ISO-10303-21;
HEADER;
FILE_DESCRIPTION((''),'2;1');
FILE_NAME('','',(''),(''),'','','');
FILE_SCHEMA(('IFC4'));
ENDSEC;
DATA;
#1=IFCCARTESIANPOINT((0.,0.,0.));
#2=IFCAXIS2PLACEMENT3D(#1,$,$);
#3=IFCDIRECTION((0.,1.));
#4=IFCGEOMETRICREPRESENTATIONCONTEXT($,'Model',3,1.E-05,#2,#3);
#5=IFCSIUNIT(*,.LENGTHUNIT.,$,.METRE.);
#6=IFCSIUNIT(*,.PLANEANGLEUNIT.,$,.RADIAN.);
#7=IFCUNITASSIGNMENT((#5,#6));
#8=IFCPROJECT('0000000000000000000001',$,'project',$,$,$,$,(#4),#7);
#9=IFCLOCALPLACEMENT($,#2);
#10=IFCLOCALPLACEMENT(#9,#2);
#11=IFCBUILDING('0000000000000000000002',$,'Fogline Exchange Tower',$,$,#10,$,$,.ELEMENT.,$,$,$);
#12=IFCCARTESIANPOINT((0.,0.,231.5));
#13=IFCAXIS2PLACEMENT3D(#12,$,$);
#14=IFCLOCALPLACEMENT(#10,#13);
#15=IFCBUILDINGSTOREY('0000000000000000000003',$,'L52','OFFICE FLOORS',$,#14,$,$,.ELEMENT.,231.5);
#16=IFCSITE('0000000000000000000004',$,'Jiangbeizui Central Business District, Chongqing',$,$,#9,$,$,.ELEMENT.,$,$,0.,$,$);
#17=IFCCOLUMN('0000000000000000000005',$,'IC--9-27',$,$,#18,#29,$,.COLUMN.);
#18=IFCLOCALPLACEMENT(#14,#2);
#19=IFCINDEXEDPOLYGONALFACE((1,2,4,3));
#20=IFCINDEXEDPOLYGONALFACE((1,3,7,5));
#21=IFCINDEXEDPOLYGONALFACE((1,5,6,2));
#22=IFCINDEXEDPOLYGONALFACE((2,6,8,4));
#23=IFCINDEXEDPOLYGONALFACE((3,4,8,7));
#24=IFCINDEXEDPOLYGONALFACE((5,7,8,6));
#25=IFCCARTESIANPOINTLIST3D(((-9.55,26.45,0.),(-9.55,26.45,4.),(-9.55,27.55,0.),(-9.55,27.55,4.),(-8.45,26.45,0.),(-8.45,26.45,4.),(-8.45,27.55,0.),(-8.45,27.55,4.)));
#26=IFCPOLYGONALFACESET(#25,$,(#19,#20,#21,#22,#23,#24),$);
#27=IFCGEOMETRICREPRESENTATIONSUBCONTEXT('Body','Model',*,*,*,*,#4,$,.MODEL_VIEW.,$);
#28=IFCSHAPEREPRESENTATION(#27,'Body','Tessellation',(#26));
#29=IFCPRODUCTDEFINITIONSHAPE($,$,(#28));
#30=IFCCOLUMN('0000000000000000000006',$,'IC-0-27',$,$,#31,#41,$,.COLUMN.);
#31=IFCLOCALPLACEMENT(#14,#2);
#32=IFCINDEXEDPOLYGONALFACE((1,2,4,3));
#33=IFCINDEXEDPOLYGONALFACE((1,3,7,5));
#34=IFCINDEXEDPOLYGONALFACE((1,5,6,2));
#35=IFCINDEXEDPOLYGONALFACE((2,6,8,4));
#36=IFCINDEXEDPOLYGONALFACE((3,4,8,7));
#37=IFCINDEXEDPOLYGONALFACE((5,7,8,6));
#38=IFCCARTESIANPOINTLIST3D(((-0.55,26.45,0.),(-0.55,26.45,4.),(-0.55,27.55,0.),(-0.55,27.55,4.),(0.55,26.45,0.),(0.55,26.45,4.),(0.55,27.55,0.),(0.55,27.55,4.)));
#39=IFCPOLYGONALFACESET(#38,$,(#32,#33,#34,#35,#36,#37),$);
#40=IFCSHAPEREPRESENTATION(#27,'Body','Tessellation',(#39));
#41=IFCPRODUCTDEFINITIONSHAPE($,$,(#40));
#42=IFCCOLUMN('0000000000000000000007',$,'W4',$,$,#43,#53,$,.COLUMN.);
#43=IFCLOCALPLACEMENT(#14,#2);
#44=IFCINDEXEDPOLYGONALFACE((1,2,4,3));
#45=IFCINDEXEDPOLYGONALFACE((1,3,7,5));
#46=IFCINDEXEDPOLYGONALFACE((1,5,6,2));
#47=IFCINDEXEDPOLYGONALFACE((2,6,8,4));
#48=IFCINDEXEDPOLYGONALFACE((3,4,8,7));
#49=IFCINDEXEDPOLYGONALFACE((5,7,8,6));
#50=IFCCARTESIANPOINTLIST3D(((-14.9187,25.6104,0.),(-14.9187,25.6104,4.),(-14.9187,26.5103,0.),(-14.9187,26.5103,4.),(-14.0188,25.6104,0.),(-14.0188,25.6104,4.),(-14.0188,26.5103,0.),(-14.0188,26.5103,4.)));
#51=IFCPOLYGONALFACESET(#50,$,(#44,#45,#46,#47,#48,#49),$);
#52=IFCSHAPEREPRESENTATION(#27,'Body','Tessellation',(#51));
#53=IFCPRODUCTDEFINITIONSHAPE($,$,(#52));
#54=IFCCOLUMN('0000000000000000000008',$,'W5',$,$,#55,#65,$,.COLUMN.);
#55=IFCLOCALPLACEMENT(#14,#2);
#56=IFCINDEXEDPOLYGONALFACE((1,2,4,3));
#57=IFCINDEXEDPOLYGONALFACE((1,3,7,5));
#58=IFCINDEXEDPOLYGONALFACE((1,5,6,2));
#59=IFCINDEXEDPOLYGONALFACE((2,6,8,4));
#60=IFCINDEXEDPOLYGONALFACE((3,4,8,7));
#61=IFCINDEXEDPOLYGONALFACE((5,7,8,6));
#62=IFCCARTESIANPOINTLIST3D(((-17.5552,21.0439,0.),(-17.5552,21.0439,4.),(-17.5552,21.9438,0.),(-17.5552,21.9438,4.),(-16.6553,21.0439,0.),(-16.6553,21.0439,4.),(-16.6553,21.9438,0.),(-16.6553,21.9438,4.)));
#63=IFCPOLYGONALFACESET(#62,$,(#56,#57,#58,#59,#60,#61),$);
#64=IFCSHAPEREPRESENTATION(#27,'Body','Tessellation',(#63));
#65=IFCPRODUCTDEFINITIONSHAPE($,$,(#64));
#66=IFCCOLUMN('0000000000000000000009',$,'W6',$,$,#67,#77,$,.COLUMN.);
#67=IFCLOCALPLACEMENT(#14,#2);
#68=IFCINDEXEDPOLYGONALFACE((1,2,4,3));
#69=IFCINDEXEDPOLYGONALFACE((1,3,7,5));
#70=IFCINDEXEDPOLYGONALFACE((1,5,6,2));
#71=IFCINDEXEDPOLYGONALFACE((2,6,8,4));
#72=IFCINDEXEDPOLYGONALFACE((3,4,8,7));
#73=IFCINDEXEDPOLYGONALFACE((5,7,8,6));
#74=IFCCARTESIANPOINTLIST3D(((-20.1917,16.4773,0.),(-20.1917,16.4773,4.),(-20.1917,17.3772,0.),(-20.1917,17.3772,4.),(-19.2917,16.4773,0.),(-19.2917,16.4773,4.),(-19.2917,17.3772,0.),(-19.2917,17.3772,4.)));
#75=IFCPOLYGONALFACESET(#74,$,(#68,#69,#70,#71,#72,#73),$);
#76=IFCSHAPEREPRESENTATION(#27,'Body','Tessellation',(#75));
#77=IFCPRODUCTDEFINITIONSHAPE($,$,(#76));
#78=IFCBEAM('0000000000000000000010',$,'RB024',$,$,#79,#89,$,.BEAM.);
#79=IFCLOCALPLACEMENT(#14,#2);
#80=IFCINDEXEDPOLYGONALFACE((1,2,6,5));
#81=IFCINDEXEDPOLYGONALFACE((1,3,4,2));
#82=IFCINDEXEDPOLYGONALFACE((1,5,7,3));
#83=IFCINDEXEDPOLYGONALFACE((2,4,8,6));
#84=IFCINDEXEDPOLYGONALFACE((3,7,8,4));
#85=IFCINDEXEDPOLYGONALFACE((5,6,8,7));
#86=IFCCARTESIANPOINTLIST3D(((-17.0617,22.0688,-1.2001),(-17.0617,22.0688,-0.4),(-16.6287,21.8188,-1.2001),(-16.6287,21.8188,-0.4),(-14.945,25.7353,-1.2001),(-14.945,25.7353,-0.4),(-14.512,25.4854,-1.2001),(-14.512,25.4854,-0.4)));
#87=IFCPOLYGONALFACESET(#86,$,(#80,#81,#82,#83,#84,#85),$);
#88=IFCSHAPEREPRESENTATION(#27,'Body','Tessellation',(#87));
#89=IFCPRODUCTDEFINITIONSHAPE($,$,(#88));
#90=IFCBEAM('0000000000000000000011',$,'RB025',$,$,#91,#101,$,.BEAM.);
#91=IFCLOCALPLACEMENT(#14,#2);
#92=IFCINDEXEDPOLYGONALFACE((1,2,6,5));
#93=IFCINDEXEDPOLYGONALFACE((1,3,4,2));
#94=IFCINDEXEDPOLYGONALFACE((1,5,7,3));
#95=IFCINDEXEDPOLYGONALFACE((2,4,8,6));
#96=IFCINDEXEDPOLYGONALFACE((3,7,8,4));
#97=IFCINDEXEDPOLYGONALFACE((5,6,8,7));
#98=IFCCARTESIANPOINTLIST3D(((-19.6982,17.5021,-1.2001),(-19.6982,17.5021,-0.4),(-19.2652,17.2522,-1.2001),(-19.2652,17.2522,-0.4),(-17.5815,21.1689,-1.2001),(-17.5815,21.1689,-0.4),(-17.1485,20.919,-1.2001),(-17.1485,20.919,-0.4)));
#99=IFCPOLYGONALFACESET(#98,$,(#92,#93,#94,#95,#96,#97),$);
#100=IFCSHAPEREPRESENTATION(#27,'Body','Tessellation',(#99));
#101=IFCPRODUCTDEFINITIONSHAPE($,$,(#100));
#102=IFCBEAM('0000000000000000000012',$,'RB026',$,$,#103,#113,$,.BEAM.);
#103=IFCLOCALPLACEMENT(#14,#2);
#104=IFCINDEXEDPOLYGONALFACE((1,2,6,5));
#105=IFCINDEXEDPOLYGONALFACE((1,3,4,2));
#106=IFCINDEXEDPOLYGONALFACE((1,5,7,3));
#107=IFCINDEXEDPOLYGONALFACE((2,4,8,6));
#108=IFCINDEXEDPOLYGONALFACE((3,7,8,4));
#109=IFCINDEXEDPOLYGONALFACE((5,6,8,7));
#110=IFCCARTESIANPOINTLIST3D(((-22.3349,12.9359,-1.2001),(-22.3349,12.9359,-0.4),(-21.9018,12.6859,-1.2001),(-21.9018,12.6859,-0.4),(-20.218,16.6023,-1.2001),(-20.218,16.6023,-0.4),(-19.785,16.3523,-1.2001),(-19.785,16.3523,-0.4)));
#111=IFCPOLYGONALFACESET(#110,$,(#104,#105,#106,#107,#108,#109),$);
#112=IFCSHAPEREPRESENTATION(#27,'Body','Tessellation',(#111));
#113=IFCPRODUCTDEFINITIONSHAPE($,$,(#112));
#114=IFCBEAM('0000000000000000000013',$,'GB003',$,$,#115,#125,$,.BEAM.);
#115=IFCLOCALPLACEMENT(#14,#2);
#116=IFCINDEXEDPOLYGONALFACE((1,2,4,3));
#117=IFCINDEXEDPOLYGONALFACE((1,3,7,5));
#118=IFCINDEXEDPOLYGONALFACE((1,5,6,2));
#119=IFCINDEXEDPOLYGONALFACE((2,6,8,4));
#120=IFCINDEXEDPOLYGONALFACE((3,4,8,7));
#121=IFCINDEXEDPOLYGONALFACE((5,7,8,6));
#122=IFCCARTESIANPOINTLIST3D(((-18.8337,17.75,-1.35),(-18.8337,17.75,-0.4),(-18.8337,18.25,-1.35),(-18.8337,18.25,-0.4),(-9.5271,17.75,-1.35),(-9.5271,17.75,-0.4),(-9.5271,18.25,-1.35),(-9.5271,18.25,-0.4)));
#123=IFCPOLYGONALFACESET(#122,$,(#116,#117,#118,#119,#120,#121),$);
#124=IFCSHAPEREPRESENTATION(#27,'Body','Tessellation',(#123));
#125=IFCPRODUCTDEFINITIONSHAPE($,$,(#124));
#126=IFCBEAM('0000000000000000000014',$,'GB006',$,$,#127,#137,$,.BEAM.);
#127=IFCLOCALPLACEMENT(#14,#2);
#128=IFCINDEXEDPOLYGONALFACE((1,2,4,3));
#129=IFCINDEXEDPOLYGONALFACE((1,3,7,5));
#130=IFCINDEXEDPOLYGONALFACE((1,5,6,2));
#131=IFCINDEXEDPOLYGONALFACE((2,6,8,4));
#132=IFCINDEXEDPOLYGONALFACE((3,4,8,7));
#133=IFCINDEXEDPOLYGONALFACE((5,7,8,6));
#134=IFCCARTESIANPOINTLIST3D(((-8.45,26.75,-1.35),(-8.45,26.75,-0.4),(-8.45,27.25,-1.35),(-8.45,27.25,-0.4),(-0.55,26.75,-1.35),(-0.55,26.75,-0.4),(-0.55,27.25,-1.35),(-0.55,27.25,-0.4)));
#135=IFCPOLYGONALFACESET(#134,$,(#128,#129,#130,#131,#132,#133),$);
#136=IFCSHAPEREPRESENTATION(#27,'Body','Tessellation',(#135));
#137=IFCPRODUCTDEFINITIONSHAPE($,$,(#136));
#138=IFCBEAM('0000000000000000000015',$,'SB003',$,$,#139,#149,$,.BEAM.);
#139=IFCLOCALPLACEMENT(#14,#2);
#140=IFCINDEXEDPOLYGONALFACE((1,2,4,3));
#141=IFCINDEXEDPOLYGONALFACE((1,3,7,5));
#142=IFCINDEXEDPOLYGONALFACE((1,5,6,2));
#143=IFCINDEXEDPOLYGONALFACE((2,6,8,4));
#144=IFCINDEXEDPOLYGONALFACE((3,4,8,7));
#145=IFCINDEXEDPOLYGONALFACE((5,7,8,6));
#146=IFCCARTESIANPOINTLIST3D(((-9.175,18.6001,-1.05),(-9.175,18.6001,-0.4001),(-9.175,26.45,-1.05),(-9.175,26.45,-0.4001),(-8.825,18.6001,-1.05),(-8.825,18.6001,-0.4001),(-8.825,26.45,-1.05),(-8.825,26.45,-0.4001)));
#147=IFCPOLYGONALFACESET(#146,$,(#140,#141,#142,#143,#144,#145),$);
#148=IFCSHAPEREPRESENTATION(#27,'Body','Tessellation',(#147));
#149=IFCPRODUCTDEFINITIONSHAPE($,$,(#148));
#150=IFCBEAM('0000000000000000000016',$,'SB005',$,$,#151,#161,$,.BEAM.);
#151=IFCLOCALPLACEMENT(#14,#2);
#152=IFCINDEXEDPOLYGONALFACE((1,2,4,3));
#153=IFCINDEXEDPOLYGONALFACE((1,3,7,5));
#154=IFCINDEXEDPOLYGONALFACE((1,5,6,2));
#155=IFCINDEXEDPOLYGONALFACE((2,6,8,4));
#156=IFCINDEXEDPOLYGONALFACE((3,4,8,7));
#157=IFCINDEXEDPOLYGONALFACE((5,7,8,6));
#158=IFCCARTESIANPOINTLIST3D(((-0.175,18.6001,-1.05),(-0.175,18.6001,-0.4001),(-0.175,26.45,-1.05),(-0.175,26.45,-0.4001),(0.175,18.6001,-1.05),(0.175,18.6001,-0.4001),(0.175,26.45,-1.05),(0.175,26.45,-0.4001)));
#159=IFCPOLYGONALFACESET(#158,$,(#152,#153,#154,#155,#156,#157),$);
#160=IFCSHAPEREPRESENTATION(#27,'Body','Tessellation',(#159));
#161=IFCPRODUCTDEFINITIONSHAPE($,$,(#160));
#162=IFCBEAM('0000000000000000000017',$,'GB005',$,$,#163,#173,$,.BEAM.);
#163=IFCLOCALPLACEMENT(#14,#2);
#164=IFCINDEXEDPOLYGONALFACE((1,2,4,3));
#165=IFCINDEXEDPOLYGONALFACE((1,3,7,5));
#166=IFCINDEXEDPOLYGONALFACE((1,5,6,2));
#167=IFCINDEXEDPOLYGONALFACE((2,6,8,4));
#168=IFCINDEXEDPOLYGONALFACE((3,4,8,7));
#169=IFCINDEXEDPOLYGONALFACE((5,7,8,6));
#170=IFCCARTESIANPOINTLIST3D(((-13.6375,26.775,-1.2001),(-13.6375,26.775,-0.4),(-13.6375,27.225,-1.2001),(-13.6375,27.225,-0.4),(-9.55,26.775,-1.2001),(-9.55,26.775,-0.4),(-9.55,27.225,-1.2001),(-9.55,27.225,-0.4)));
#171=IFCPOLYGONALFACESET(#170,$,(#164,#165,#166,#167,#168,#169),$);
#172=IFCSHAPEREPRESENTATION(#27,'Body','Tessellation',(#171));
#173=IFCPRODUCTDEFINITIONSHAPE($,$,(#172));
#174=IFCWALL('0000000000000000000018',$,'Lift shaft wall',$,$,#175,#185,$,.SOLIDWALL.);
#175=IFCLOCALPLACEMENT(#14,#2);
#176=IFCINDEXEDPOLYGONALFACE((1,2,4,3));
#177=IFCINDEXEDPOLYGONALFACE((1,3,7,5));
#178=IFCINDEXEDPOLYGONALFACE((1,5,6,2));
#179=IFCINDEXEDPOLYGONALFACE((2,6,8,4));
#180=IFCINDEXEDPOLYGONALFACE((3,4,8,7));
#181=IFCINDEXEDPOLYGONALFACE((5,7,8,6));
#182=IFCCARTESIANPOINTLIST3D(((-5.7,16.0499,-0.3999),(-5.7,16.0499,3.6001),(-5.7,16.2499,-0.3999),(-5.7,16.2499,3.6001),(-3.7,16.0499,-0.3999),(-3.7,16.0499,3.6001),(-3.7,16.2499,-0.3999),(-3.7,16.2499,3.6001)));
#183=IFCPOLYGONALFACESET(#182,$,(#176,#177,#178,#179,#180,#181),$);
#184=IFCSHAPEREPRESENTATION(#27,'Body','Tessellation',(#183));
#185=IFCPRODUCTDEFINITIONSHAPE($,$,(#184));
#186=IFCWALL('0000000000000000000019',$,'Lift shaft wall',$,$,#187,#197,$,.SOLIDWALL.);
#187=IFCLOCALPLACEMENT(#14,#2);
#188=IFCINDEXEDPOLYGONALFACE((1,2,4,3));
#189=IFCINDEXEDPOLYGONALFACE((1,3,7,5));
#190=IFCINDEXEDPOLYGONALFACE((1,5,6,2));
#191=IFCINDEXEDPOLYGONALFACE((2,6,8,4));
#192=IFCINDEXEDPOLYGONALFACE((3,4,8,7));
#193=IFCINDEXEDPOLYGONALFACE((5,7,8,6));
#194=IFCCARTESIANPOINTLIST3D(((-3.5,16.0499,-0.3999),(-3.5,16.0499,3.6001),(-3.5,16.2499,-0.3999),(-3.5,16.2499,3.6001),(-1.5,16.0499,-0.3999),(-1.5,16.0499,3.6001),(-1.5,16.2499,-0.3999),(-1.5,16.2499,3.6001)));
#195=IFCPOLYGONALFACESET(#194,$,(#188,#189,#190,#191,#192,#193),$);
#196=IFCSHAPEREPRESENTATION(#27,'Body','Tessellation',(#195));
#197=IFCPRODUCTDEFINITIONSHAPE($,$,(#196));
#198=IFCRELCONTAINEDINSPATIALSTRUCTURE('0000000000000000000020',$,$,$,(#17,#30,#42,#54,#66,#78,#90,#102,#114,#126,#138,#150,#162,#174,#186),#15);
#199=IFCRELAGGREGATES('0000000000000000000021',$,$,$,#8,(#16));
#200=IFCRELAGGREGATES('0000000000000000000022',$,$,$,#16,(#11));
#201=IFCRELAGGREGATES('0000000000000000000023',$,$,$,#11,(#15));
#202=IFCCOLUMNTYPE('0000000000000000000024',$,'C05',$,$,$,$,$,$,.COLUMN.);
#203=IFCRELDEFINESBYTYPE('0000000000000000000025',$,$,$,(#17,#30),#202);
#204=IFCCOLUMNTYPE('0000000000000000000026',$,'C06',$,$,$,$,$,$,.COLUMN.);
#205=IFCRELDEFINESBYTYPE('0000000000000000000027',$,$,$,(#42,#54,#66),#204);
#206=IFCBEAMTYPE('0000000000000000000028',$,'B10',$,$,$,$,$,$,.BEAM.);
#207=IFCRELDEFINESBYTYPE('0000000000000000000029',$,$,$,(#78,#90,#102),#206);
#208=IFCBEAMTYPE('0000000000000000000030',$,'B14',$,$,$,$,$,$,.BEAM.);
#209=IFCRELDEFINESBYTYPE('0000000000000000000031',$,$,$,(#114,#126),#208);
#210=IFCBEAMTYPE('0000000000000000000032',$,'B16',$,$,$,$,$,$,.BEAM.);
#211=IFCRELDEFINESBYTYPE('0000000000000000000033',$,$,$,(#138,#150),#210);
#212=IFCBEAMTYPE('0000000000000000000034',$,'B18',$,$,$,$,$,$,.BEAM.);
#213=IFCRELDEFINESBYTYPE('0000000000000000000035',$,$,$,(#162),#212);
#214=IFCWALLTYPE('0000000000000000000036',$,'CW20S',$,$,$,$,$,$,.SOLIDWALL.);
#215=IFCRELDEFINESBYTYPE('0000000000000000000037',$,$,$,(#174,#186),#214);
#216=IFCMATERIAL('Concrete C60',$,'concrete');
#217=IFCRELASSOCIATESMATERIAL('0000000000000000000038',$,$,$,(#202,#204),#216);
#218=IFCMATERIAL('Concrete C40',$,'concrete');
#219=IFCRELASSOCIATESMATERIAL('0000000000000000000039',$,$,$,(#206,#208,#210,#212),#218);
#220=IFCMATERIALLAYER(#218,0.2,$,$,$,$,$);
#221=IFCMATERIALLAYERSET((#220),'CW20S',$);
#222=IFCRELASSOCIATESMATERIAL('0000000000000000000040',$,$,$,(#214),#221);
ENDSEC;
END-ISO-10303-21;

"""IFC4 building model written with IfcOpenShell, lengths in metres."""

from ifc_helpers import new_model, si_unit, direction, frame, frame_2d, origin, origin_2d, place, context, subcontext, project, spatial, rectangle, extrude, material, layer, layer_set, material_profile, profile_set, type_object, element, save


model = new_model("IFC4")

# Units and contexts
model_context = context("Model", 3, precision=1e-05, world=origin(), true_north=direction((0.0, 1.0)))
body_context = subcontext(model_context, "Body", "Model", "MODEL_VIEW")
ifc_project = project(units=[si_unit("LENGTHUNIT", "METRE"), si_unit("PLANEANGLEUNIT", "RADIAN")], contexts=[model_context])

# Site, building, storey
site_placement = place(None, origin())
site = spatial("IfcSite", under=ifc_project, at=site_placement, Name="Jiangbeizui Central Business District, Chongqing", CompositionType="ELEMENT", RefElevation=0.0)
building_placement = place(site_placement, origin())
building = spatial("IfcBuilding", under=site, at=building_placement, Name="Fogline Exchange Tower", CompositionType="ELEMENT")
storey_placement = place(building_placement, frame((0.0, 0.0, 231.5)))
storey = spatial("IfcBuildingStorey", under=building, at=storey_placement, Name="L52", Description="OFFICE FLOORS", CompositionType="ELEMENT", Elevation=231.5)

# Columns
ifc_material_1 = material(Name="Concrete C60", Category="concrete")
ifc_material_profile_1 = material_profile(ifc_material_1, rectangle(XDim=1.1001, YDim=1.1001, at=origin_2d()), Name="RC 1100x1100")
ifc_profile_set_1 = profile_set([ifc_material_profile_1], Name="Concrete C60")
column_type_1 = type_object("IfcColumnType", Name="C05", PredefinedType="COLUMN", material=ifc_profile_set_1)
for number, where, z_axis, x_axis, name in (
    (1, (-9.0, 27.0, 0.0), (0.0, 0.0, 1.0), (1.0, 0.0, 0.0), "IC--9-27"),
    (2, (0.0, 27.0, 0.0), (0.0, 0.0, 1.0), (1.0, 0.0, 0.0), "IC-0-27"),
):
    element("IfcColumn", number, at=place(storey_placement, frame(where, z_axis=z_axis, x_axis=x_axis)), inside=storey, type_object=column_type_1, Name=name, PredefinedType="COLUMN", context=body_context, shape_type="SweptSolid", body=[
        extrude(rectangle(XDim=1.1001, YDim=1.1001, at=origin_2d()), origin(), (0.0, 0.0, 1.0), 4.0),
    ])
ifc_material_profile_2 = material_profile(ifc_material_1, rectangle(XDim=0.8999, YDim=0.8999, at=origin_2d()), Name="RC 900x900")
ifc_profile_set_2 = profile_set([ifc_material_profile_2], Name="Concrete C60")
column_type_2 = type_object("IfcColumnType", Name="C06", PredefinedType="COLUMN", material=ifc_profile_set_2)
for number, where, z_axis, x_axis, name in (
    (3, (-14.4688, 26.0603, 0.0), (0.0, 0.0, 1.0), (1.0, 0.0, 0.0), "W4"),
    (4, (-17.1052, 21.4939, 0.0), (0.0, 0.0, 1.0), (1.0, 0.0, 0.0), "W5"),
    (5, (-19.7417, 16.9272, 0.0), (0.0, 0.0, 1.0), (1.0, 0.0, 0.0), "W6"),
):
    element("IfcColumn", number, at=place(storey_placement, frame(where, z_axis=z_axis, x_axis=x_axis)), inside=storey, type_object=column_type_2, Name=name, PredefinedType="COLUMN", context=body_context, shape_type="SweptSolid", body=[
        extrude(rectangle(XDim=0.8999, YDim=0.8999, at=origin_2d()), origin(), (0.0, 0.0, 1.0), 4.0),
    ])

# Beams
ifc_material_2 = material(Name="Concrete C40", Category="concrete")
ifc_material_profile_3 = material_profile(ifc_material_2, rectangle(XDim=0.5, YDim=0.8, at=origin_2d()), Name="RC 500x800")
ifc_profile_set_3 = profile_set([ifc_material_profile_3], Name="Concrete C40")
beam_type_1 = type_object("IfcBeamType", Name="B10", PredefinedType="BEAM", material=ifc_profile_set_3)
beam_1_placement = place(storey_placement, frame((-14.7285, 25.6104, -0.8), z_axis=(-0.499972, -0.866042, 0.0), x_axis=(0.866042, -0.499972, 0.0)))
element("IfcBeam", 6, at=beam_1_placement, inside=storey, type_object=beam_type_1, Name="RB024", PredefinedType="BEAM", context=body_context, shape_type="SweptSolid", body=[
    extrude(rectangle(XDim=0.5, YDim=0.8, at=origin_2d()), origin(), (0.0, 0.0, 1.0), 4.2336),
])
beam_2_placement = place(storey_placement, frame((-17.365, 21.0439, -0.8), z_axis=(-0.499947, -0.866056, 0.0), x_axis=(0.866056, -0.499947, 0.0)))
element("IfcBeam", 7, at=beam_2_placement, inside=storey, type_object=beam_type_1, Name="RB025", PredefinedType="BEAM", context=body_context, shape_type="SweptSolid", body=[
    extrude(rectangle(XDim=0.5, YDim=0.8, at=origin_2d()), origin(), (0.0, 0.0, 1.0), 4.2339),
])
beam_3_placement = place(storey_placement, frame((-20.0015, 16.4773, -0.8), z_axis=(-0.500015, -0.866017, 0.0), x_axis=(0.866017, -0.500015, 0.0)))
element("IfcBeam", 8, at=beam_3_placement, inside=storey, type_object=beam_type_1, Name="RB026", PredefinedType="BEAM", context=body_context, shape_type="SweptSolid", body=[
    extrude(rectangle(XDim=0.5, YDim=0.8, at=origin_2d()), origin(), (0.0, 0.0, 1.0), 4.2336),
])
ifc_material_profile_4 = material_profile(ifc_material_2, rectangle(XDim=0.5, YDim=0.95, at=origin_2d()), Name="RC 500x950")
ifc_profile_set_4 = profile_set([ifc_material_profile_4], Name="Concrete C40")
beam_type_2 = type_object("IfcBeamType", Name="B14", PredefinedType="BEAM", material=ifc_profile_set_4)
beam_4_placement = place(storey_placement, frame((-18.8337, 18.0, -0.875), z_axis=(1.0, 0.0, 0.0), x_axis=(0.0, 1.0, 0.0)))
element("IfcBeam", 9, at=beam_4_placement, inside=storey, type_object=beam_type_2, Name="GB003", PredefinedType="BEAM", context=body_context, shape_type="SweptSolid", body=[
    extrude(rectangle(XDim=0.5, YDim=0.95, at=origin_2d()), origin(), (0.0, 0.0, 1.0), 9.3066),
])
beam_5_placement = place(storey_placement, frame((-8.45, 27.0, -0.875), z_axis=(1.0, 0.0, 0.0), x_axis=(0.0, 1.0, 0.0)))
element("IfcBeam", 10, at=beam_5_placement, inside=storey, type_object=beam_type_2, Name="GB006", PredefinedType="BEAM", context=body_context, shape_type="SweptSolid", body=[
    extrude(rectangle(XDim=0.5, YDim=0.95, at=origin_2d()), origin(), (0.0, 0.0, 1.0), 7.8999),
])
ifc_material_profile_5 = material_profile(ifc_material_2, rectangle(XDim=0.3501, YDim=0.6499, at=origin_2d()), Name="RC 350x650")
ifc_profile_set_5 = profile_set([ifc_material_profile_5], Name="Concrete C40")
beam_type_3 = type_object("IfcBeamType", Name="B16", PredefinedType="BEAM", material=ifc_profile_set_5)
for number, where, z_axis, x_axis, name in (
    (11, (-9.0, 18.6001, -0.7251), (0.0, 1.0, 0.0), (-1.0, 0.0, 0.0), "SB003"),
    (12, (0.0, 18.6001, -0.7251), (0.0, 1.0, 0.0), (-1.0, 0.0, 0.0), "SB005"),
):
    element("IfcBeam", number, at=place(storey_placement, frame(where, z_axis=z_axis, x_axis=x_axis)), inside=storey, type_object=beam_type_3, Name=name, PredefinedType="BEAM", context=body_context, shape_type="SweptSolid", body=[
        extrude(rectangle(XDim=0.3501, YDim=0.6499, at=origin_2d()), origin(), (0.0, 0.0, 1.0), 7.8499),
    ])
ifc_material_profile_6 = material_profile(ifc_material_2, rectangle(XDim=0.45, YDim=0.8, at=origin_2d()), Name="RC 450x800")
ifc_profile_set_6 = profile_set([ifc_material_profile_6], Name="Concrete C40")
beam_type_4 = type_object("IfcBeamType", Name="B18", PredefinedType="BEAM", material=ifc_profile_set_6)
beam_6_placement = place(storey_placement, frame((-13.6375, 27.0, -0.8), z_axis=(1.0, 0.0, 0.0), x_axis=(0.0, 1.0, 0.0)))
element("IfcBeam", 13, at=beam_6_placement, inside=storey, type_object=beam_type_4, Name="GB005", PredefinedType="BEAM", context=body_context, shape_type="SweptSolid", body=[
    extrude(rectangle(XDim=0.45, YDim=0.8, at=origin_2d()), origin(), (0.0, 0.0, 1.0), 4.0874),
])

# Walls
ifc_layer_1 = layer(ifc_material_2, 0.2)
ifc_layer_set_1 = layer_set([ifc_layer_1], Name="CW20S")
wall_type_1 = type_object("IfcWallType", Name="CW20S", PredefinedType="SOLIDWALL", material=ifc_layer_set_1)
for number, where, z_axis, x_axis, name in (
    (14, (-5.7, 16.1499, -0.3999), (0.0, 0.0, 1.0), (1.0, 0.0, 0.0), "Lift shaft wall"),
    (15, (-3.5, 16.1499, -0.3999), (0.0, 0.0, 1.0), (1.0, 0.0, 0.0), "Lift shaft wall"),
):
    element("IfcWall", number, at=place(storey_placement, frame(where, z_axis=z_axis, x_axis=x_axis)), inside=storey, type_object=wall_type_1, Name=name, PredefinedType="SOLIDWALL", context=body_context, shape_type="SweptSolid", body=[
        extrude(rectangle(XDim=2.0, YDim=0.2, at=frame_2d((1.0, 0.0))), origin(), (0.0, 0.0, 1.0), 4.0),
    ])

save(model, "model.ifc")
